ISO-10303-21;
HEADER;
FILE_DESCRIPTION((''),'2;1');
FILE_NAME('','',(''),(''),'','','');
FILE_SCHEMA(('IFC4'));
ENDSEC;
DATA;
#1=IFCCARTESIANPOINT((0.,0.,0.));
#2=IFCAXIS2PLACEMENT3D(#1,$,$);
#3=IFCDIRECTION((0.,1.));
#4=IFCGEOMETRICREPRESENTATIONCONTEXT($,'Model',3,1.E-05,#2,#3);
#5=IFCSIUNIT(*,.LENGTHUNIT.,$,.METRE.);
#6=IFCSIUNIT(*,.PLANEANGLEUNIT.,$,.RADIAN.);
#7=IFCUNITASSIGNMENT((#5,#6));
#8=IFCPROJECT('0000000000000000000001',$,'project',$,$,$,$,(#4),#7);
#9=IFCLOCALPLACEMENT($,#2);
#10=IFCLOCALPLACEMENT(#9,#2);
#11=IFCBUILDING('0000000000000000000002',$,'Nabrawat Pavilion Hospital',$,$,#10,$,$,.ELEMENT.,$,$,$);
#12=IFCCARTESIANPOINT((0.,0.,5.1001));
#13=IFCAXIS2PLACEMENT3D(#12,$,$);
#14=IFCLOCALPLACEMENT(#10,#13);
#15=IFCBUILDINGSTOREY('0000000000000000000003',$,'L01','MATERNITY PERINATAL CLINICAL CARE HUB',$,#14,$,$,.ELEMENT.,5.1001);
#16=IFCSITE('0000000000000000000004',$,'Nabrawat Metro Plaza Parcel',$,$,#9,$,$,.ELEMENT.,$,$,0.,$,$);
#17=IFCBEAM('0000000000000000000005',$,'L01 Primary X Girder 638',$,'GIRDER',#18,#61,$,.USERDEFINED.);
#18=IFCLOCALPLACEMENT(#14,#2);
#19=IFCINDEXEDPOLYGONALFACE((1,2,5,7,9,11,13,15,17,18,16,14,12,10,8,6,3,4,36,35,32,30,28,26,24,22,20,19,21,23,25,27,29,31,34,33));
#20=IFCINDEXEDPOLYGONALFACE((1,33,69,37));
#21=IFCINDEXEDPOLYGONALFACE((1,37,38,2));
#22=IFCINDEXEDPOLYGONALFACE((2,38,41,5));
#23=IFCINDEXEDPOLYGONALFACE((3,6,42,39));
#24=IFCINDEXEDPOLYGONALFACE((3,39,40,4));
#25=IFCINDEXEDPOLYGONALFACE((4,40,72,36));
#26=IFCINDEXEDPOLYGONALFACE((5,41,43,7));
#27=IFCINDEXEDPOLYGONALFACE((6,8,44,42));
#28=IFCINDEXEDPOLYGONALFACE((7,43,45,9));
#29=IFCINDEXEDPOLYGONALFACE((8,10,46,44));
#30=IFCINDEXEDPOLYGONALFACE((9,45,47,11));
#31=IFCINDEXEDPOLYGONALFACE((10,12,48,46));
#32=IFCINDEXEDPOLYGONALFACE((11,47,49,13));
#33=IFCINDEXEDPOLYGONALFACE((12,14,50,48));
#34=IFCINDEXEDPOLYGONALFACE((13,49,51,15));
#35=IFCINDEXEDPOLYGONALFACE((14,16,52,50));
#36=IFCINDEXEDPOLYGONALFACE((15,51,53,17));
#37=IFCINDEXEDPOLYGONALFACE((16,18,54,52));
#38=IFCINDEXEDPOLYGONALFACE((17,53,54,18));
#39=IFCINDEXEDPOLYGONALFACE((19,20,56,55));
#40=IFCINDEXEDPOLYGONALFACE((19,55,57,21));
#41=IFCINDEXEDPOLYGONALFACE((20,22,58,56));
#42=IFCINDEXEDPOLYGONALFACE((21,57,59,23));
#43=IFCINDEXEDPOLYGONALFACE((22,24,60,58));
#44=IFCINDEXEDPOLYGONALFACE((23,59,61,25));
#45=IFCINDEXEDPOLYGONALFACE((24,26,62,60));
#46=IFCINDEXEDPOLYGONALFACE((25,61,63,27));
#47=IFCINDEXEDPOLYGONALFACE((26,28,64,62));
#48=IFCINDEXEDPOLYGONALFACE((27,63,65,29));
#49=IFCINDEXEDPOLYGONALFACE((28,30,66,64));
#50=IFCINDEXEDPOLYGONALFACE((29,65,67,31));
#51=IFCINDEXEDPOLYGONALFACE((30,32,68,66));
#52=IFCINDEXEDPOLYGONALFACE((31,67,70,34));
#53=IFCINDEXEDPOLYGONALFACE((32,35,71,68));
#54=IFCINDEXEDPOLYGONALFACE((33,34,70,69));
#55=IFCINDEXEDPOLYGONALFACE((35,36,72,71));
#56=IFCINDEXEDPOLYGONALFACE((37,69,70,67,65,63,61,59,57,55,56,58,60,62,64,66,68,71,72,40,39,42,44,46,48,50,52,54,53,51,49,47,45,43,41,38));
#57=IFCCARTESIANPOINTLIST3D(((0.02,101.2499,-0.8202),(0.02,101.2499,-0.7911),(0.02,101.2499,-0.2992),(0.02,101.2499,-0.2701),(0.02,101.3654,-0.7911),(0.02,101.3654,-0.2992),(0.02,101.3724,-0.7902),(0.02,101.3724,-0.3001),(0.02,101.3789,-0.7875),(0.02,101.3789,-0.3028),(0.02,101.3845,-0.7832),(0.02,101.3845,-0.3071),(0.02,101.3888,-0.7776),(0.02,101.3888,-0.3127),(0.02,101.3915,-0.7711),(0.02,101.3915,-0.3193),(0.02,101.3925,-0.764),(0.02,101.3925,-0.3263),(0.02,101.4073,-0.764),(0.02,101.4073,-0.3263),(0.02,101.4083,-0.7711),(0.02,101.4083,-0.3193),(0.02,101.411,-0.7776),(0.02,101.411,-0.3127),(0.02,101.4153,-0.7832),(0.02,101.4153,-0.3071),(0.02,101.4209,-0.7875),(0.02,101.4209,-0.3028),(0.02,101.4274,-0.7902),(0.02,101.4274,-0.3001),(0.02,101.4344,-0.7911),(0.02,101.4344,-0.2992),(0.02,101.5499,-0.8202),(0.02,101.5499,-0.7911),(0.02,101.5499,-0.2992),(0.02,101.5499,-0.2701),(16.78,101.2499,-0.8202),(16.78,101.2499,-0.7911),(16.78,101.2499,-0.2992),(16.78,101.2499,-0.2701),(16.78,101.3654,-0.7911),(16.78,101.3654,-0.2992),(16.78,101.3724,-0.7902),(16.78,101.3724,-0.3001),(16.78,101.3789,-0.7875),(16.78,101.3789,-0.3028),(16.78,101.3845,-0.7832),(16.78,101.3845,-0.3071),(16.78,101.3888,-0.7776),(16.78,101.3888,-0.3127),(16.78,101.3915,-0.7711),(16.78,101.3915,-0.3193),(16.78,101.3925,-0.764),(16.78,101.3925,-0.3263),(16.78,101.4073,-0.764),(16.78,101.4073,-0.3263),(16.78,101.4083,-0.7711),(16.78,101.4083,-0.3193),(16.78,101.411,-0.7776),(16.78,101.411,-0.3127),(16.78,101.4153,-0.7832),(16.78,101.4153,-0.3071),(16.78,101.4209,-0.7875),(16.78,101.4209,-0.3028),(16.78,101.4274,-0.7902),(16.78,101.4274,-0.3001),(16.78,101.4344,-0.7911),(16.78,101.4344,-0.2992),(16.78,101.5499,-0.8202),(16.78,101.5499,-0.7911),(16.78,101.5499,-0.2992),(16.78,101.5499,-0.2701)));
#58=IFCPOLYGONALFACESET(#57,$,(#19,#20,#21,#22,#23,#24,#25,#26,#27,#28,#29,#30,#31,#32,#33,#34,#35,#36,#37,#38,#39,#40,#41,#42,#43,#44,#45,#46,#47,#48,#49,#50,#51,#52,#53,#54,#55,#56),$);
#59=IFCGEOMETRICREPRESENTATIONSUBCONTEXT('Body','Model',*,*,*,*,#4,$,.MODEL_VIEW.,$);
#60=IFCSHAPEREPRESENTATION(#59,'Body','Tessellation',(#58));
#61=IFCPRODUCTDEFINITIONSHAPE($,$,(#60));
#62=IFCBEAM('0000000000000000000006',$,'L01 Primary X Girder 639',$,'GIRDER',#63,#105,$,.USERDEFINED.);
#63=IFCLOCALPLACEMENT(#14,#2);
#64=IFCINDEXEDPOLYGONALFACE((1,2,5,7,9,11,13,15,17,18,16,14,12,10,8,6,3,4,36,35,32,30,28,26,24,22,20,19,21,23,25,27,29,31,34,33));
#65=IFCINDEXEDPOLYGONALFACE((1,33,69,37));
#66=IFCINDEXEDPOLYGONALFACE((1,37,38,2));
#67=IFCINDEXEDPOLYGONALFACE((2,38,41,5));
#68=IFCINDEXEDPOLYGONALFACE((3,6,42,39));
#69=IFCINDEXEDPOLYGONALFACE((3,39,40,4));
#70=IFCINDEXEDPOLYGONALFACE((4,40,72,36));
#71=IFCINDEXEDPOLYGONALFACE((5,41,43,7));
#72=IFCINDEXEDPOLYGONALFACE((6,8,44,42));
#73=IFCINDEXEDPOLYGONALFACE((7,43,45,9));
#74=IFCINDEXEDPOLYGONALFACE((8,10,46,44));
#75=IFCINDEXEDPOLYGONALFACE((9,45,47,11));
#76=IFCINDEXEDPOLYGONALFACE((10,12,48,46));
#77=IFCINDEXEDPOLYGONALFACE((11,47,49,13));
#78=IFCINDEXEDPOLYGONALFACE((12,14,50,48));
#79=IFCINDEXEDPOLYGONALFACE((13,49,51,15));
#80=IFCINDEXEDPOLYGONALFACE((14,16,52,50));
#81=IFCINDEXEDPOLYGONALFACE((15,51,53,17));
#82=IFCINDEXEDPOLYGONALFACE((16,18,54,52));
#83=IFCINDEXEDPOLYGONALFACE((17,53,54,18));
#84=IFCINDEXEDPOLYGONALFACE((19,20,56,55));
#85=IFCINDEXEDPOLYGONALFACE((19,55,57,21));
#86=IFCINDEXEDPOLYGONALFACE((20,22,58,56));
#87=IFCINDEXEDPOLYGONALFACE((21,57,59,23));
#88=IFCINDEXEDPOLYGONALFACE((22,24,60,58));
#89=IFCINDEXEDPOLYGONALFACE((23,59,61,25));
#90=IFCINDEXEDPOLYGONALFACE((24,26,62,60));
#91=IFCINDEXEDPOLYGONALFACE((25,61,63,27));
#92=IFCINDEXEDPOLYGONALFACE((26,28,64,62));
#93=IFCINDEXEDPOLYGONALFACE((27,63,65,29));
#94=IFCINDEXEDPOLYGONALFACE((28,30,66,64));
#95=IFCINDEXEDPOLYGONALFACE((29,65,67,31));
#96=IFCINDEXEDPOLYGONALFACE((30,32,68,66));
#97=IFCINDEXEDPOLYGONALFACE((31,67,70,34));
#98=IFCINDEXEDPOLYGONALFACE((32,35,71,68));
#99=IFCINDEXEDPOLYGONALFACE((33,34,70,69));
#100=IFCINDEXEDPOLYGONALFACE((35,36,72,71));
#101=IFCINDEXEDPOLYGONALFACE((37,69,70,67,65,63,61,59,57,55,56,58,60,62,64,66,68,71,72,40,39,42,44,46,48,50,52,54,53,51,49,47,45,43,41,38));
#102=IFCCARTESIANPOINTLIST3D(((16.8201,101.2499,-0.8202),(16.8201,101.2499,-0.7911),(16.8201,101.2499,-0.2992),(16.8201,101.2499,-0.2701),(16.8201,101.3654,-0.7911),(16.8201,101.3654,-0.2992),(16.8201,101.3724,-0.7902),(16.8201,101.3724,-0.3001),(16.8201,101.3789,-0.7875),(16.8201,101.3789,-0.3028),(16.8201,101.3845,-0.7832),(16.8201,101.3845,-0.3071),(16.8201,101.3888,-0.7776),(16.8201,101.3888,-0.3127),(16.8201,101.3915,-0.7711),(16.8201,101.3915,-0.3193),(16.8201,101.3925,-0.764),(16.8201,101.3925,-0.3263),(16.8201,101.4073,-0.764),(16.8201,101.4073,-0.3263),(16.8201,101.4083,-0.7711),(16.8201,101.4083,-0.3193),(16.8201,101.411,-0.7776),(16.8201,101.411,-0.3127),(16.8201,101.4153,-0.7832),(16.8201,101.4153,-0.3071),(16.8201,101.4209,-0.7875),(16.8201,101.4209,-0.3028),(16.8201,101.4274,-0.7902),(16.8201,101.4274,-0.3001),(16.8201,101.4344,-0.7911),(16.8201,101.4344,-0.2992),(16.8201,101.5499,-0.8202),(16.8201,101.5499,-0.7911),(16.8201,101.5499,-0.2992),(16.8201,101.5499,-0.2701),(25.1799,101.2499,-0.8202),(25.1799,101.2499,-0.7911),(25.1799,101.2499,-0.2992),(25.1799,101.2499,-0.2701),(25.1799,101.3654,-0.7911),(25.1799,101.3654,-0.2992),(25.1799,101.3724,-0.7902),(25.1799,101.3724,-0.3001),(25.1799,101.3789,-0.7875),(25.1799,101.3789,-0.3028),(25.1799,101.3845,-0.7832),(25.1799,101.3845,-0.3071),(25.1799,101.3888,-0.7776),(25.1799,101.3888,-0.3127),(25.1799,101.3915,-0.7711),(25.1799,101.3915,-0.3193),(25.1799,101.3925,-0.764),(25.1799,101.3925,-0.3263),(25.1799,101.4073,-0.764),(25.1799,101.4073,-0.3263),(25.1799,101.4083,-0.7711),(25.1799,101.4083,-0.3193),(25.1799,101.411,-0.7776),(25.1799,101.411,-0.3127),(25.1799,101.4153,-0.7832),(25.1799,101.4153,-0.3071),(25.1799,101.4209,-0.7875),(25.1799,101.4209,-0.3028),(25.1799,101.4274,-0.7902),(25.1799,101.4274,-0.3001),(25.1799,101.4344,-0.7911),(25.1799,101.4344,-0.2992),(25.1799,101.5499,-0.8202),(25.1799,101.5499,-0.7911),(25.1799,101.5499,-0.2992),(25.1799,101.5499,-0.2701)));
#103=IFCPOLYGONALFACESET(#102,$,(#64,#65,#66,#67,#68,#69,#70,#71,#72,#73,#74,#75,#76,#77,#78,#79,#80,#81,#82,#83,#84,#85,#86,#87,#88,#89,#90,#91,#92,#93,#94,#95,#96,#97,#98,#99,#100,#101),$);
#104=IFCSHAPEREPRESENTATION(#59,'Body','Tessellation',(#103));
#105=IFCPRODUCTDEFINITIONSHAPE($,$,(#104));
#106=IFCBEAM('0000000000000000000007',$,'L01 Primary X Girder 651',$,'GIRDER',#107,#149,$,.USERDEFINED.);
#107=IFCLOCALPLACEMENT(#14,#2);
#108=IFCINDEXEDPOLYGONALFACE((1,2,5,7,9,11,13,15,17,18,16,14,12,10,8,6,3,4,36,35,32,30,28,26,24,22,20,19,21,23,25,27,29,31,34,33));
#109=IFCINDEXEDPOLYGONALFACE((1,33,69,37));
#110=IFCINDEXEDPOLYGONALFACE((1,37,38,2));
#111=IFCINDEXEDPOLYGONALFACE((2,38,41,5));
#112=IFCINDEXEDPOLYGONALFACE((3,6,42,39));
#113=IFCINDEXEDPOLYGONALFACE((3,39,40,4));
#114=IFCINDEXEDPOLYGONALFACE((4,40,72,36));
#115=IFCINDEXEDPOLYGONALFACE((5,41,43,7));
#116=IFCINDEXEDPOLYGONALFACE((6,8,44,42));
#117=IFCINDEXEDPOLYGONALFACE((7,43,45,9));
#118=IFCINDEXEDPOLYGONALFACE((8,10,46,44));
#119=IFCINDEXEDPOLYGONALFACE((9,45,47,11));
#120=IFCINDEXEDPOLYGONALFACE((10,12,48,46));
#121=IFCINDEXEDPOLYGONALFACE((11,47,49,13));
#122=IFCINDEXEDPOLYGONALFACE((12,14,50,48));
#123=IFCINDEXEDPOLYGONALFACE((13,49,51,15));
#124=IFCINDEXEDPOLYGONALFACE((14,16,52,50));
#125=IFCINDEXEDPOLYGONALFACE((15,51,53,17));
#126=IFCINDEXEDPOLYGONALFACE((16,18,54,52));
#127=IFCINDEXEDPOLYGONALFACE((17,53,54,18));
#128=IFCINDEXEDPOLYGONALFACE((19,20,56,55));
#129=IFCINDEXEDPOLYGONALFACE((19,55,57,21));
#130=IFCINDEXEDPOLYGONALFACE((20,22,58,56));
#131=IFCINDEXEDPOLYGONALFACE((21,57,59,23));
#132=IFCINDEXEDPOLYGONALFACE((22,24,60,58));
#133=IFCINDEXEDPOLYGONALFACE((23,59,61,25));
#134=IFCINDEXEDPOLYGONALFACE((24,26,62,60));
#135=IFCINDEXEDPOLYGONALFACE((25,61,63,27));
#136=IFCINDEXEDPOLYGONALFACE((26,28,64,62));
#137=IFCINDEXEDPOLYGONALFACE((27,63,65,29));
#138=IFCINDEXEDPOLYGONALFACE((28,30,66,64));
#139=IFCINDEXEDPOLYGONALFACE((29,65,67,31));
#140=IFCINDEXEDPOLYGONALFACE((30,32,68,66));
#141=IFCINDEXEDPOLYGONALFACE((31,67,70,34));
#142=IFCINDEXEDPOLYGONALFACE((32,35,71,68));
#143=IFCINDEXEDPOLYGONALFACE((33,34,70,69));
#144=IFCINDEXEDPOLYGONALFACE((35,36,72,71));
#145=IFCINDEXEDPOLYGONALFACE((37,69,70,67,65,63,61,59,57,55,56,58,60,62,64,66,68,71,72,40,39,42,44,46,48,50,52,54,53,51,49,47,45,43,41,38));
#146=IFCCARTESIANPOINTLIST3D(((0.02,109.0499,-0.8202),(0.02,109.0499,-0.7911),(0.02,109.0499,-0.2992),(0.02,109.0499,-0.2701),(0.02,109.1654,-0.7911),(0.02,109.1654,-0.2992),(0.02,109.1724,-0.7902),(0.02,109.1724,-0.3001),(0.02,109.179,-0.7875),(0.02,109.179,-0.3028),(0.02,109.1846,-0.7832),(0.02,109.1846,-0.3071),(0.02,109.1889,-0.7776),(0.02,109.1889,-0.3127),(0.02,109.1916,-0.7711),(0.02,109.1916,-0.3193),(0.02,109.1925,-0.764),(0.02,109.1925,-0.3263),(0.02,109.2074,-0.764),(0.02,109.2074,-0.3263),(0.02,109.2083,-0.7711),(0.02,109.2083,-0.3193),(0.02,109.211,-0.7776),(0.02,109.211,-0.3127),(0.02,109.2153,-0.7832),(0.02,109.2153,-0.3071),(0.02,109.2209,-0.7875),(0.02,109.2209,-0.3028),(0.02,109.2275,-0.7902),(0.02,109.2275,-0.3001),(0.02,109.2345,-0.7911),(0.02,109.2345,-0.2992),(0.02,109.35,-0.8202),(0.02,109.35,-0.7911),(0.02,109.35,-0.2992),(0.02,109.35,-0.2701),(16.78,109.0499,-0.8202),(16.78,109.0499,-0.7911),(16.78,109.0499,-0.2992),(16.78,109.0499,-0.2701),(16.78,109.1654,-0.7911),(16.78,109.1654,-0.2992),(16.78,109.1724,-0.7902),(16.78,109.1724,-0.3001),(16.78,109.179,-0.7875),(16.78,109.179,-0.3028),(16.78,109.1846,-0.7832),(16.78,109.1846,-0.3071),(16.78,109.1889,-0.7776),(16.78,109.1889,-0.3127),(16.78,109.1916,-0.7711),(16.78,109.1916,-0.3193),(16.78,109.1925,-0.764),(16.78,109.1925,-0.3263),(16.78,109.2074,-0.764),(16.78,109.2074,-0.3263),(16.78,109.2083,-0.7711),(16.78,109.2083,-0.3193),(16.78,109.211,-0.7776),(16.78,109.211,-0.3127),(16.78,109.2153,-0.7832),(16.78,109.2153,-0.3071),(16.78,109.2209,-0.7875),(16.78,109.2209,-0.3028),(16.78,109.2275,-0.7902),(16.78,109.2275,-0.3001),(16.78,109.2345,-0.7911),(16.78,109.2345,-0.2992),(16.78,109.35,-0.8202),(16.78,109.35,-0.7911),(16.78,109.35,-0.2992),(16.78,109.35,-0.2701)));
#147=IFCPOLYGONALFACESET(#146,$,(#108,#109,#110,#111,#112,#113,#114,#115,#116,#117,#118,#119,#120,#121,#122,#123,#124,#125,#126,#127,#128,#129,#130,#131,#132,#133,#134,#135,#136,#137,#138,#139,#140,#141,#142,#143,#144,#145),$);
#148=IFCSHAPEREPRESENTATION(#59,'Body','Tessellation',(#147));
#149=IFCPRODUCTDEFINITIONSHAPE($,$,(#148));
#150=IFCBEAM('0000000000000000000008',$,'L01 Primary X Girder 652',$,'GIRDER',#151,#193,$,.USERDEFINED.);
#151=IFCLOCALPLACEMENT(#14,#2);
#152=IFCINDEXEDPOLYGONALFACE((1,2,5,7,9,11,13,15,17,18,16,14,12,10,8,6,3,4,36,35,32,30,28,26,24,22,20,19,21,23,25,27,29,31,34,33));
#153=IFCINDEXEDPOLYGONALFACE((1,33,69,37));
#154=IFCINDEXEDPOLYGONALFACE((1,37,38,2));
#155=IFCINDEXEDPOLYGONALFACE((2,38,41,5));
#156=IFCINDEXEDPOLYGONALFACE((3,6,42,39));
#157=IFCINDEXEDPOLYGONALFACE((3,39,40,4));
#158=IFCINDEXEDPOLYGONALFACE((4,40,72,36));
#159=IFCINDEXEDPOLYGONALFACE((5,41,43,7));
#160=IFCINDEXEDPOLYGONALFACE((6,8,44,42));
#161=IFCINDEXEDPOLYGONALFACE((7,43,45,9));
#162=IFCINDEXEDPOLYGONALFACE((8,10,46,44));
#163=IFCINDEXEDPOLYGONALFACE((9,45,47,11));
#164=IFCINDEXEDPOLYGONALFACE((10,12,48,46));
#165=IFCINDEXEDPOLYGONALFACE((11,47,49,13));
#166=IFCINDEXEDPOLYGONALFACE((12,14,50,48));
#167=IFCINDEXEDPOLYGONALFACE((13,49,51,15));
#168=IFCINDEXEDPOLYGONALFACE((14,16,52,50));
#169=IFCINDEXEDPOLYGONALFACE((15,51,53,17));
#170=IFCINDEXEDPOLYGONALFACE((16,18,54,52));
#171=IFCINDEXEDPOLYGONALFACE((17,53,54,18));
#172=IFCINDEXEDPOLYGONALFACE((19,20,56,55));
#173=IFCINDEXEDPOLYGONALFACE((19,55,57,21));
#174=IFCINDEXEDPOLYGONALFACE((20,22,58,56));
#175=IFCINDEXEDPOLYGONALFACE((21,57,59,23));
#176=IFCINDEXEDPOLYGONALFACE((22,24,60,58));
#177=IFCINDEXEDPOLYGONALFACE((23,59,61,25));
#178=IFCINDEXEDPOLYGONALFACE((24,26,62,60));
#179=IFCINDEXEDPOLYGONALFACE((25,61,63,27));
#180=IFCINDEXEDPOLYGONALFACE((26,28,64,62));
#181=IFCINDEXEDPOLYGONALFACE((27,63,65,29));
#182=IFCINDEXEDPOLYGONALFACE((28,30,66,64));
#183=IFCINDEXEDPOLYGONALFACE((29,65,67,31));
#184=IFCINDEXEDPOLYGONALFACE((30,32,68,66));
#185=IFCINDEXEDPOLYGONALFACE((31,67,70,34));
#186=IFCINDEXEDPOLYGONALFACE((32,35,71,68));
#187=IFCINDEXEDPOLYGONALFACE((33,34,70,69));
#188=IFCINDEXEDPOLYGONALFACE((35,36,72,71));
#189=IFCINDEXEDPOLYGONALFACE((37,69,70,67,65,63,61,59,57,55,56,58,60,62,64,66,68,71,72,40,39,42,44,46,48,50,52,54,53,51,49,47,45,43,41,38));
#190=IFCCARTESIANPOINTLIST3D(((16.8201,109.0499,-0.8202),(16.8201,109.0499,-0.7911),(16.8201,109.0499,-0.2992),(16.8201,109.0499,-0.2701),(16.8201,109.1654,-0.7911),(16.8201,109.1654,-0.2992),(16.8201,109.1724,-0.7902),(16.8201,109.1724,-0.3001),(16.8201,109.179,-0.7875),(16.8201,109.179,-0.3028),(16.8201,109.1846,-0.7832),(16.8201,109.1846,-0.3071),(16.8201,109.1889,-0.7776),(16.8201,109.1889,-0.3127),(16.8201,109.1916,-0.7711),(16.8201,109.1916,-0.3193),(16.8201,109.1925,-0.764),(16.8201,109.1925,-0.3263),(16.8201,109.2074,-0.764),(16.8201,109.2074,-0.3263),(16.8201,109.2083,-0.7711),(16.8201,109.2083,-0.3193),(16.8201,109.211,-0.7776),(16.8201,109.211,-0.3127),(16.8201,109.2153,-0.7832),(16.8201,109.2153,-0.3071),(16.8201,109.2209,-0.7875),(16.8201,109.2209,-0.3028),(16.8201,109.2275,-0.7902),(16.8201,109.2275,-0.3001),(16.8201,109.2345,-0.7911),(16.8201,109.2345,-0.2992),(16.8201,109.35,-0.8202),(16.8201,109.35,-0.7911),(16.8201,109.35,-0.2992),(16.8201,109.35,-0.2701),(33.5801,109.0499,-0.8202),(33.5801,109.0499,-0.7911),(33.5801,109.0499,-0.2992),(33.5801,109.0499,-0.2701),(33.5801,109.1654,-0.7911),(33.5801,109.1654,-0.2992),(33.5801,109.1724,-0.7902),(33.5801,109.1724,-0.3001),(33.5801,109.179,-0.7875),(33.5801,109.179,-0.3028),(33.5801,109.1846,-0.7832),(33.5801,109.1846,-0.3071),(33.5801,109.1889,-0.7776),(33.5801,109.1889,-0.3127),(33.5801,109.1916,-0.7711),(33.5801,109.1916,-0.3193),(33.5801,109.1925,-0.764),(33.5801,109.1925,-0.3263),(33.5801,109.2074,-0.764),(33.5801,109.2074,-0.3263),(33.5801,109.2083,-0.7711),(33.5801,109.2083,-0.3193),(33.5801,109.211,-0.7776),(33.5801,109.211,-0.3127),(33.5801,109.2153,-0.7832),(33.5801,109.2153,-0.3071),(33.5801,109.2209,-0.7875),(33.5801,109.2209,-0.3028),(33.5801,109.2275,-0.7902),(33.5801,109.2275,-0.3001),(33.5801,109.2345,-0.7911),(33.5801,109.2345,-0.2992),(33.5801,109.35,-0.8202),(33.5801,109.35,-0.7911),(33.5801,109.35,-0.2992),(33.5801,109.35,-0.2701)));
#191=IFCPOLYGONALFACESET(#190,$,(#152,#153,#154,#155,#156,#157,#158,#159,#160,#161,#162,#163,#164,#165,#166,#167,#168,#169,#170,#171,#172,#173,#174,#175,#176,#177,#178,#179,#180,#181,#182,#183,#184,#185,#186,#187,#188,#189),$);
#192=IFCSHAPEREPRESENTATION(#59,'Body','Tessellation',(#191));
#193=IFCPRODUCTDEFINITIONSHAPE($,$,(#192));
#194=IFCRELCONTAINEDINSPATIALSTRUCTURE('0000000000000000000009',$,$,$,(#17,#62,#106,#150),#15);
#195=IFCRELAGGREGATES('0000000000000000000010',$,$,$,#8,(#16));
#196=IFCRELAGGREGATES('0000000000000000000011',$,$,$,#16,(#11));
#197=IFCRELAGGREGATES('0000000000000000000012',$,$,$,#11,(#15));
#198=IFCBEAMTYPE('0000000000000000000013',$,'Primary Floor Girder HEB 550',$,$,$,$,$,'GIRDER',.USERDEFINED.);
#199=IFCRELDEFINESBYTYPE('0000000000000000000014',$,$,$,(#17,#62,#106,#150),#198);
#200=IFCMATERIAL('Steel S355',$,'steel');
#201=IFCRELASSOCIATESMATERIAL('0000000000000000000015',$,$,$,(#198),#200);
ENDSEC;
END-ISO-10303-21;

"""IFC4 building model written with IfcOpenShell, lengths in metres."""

from ifc_helpers import new_model, si_unit, direction, frame, origin, origin_2d, place, context, subcontext, project, spatial, i_section, extrude, material, material_profile, profile_set, type_object, element, save


model = new_model("IFC4")

# Units and contexts
model_context = context("Model", 3, precision=1e-05, world=origin(), true_north=direction((0.0, 1.0)))
body_context = subcontext(model_context, "Body", "Model", "MODEL_VIEW")
ifc_project = project(units=[si_unit("LENGTHUNIT", "METRE"), si_unit("PLANEANGLEUNIT", "RADIAN")], contexts=[model_context])

# Site, building, storey
site_placement = place(None, origin())
site = spatial("IfcSite", under=ifc_project, at=site_placement, Name="Nabrawat Metro Plaza Parcel", CompositionType="ELEMENT", RefElevation=0.0)
building_placement = place(site_placement, origin())
building = spatial("IfcBuilding", under=site, at=building_placement, Name="Nabrawat Pavilion Hospital", CompositionType="ELEMENT")
storey_placement = place(building_placement, frame((0.0, 0.0, 5.1001)))
storey = spatial("IfcBuildingStorey", under=building, at=storey_placement, Name="L01", Description="MATERNITY PERINATAL CLINICAL CARE HUB", CompositionType="ELEMENT", Elevation=5.1001)

# Shared definitions
ifc_material_1 = material(Name="Steel S355", Category="steel")

# Beams
ifc_material_profile_1 = material_profile(ifc_material_1, i_section(OverallWidth=0.3, OverallDepth=0.55, WebThickness=0.0149, FlangeThickness=0.0291, FilletRadius=0.0271, at=origin_2d()), Name="HEB 550")
ifc_profile_set_1 = profile_set([ifc_material_profile_1], Name="Steel S355")
beam_type_1 = type_object("IfcBeamType", Name="Primary Floor Girder HEB 550", ElementType="GIRDER", PredefinedType="USERDEFINED", material=ifc_profile_set_1)
beam_1_placement = place(storey_placement, frame((0.02, 101.3999, -0.5452), z_axis=(1.0, 0.0, 0.0), x_axis=(0.0, 1.0, 0.0)))
element("IfcBeam", 1, at=beam_1_placement, inside=storey, type_object=beam_type_1, Name="L01 Primary X Girder 638", ObjectType="GIRDER", PredefinedType="USERDEFINED", context=body_context, shape_type="SweptSolid", body=[
    extrude(i_section(OverallWidth=0.3, OverallDepth=0.55, WebThickness=0.0149, FlangeThickness=0.0291, FilletRadius=0.0271, at=origin_2d()), origin(), (0.0, 0.0, 1.0), 16.76),
])
beam_2_placement = place(storey_placement, frame((16.8201, 101.3999, -0.5452), z_axis=(1.0, 0.0, 0.0), x_axis=(0.0, 1.0, 0.0)))
element("IfcBeam", 2, at=beam_2_placement, inside=storey, type_object=beam_type_1, Name="L01 Primary X Girder 639", ObjectType="GIRDER", PredefinedType="USERDEFINED", context=body_context, shape_type="SweptSolid", body=[
    extrude(i_section(OverallWidth=0.3, OverallDepth=0.55, WebThickness=0.0149, FlangeThickness=0.0291, FilletRadius=0.0271, at=origin_2d()), origin(), (0.0, 0.0, 1.0), 8.3599),
])
for number, where, z_axis, x_axis, name in (
    (3, (0.02, 109.2, -0.5452), (1.0, 0.0, 0.0), (0.0, 1.0, 0.0), "L01 Primary X Girder 651"),
    (4, (16.8201, 109.2, -0.5452), (1.0, 0.0, 0.0), (0.0, 1.0, 0.0), "L01 Primary X Girder 652"),
):
    element("IfcBeam", number, at=place(storey_placement, frame(where, z_axis=z_axis, x_axis=x_axis)), inside=storey, type_object=beam_type_1, Name=name, ObjectType="GIRDER", PredefinedType="USERDEFINED", context=body_context, shape_type="SweptSolid", body=[
        extrude(i_section(OverallWidth=0.3, OverallDepth=0.55, WebThickness=0.0149, FlangeThickness=0.0291, FilletRadius=0.0271, at=origin_2d()), origin(), (0.0, 0.0, 1.0), 16.76),
    ])

save(model, "model.ifc")
